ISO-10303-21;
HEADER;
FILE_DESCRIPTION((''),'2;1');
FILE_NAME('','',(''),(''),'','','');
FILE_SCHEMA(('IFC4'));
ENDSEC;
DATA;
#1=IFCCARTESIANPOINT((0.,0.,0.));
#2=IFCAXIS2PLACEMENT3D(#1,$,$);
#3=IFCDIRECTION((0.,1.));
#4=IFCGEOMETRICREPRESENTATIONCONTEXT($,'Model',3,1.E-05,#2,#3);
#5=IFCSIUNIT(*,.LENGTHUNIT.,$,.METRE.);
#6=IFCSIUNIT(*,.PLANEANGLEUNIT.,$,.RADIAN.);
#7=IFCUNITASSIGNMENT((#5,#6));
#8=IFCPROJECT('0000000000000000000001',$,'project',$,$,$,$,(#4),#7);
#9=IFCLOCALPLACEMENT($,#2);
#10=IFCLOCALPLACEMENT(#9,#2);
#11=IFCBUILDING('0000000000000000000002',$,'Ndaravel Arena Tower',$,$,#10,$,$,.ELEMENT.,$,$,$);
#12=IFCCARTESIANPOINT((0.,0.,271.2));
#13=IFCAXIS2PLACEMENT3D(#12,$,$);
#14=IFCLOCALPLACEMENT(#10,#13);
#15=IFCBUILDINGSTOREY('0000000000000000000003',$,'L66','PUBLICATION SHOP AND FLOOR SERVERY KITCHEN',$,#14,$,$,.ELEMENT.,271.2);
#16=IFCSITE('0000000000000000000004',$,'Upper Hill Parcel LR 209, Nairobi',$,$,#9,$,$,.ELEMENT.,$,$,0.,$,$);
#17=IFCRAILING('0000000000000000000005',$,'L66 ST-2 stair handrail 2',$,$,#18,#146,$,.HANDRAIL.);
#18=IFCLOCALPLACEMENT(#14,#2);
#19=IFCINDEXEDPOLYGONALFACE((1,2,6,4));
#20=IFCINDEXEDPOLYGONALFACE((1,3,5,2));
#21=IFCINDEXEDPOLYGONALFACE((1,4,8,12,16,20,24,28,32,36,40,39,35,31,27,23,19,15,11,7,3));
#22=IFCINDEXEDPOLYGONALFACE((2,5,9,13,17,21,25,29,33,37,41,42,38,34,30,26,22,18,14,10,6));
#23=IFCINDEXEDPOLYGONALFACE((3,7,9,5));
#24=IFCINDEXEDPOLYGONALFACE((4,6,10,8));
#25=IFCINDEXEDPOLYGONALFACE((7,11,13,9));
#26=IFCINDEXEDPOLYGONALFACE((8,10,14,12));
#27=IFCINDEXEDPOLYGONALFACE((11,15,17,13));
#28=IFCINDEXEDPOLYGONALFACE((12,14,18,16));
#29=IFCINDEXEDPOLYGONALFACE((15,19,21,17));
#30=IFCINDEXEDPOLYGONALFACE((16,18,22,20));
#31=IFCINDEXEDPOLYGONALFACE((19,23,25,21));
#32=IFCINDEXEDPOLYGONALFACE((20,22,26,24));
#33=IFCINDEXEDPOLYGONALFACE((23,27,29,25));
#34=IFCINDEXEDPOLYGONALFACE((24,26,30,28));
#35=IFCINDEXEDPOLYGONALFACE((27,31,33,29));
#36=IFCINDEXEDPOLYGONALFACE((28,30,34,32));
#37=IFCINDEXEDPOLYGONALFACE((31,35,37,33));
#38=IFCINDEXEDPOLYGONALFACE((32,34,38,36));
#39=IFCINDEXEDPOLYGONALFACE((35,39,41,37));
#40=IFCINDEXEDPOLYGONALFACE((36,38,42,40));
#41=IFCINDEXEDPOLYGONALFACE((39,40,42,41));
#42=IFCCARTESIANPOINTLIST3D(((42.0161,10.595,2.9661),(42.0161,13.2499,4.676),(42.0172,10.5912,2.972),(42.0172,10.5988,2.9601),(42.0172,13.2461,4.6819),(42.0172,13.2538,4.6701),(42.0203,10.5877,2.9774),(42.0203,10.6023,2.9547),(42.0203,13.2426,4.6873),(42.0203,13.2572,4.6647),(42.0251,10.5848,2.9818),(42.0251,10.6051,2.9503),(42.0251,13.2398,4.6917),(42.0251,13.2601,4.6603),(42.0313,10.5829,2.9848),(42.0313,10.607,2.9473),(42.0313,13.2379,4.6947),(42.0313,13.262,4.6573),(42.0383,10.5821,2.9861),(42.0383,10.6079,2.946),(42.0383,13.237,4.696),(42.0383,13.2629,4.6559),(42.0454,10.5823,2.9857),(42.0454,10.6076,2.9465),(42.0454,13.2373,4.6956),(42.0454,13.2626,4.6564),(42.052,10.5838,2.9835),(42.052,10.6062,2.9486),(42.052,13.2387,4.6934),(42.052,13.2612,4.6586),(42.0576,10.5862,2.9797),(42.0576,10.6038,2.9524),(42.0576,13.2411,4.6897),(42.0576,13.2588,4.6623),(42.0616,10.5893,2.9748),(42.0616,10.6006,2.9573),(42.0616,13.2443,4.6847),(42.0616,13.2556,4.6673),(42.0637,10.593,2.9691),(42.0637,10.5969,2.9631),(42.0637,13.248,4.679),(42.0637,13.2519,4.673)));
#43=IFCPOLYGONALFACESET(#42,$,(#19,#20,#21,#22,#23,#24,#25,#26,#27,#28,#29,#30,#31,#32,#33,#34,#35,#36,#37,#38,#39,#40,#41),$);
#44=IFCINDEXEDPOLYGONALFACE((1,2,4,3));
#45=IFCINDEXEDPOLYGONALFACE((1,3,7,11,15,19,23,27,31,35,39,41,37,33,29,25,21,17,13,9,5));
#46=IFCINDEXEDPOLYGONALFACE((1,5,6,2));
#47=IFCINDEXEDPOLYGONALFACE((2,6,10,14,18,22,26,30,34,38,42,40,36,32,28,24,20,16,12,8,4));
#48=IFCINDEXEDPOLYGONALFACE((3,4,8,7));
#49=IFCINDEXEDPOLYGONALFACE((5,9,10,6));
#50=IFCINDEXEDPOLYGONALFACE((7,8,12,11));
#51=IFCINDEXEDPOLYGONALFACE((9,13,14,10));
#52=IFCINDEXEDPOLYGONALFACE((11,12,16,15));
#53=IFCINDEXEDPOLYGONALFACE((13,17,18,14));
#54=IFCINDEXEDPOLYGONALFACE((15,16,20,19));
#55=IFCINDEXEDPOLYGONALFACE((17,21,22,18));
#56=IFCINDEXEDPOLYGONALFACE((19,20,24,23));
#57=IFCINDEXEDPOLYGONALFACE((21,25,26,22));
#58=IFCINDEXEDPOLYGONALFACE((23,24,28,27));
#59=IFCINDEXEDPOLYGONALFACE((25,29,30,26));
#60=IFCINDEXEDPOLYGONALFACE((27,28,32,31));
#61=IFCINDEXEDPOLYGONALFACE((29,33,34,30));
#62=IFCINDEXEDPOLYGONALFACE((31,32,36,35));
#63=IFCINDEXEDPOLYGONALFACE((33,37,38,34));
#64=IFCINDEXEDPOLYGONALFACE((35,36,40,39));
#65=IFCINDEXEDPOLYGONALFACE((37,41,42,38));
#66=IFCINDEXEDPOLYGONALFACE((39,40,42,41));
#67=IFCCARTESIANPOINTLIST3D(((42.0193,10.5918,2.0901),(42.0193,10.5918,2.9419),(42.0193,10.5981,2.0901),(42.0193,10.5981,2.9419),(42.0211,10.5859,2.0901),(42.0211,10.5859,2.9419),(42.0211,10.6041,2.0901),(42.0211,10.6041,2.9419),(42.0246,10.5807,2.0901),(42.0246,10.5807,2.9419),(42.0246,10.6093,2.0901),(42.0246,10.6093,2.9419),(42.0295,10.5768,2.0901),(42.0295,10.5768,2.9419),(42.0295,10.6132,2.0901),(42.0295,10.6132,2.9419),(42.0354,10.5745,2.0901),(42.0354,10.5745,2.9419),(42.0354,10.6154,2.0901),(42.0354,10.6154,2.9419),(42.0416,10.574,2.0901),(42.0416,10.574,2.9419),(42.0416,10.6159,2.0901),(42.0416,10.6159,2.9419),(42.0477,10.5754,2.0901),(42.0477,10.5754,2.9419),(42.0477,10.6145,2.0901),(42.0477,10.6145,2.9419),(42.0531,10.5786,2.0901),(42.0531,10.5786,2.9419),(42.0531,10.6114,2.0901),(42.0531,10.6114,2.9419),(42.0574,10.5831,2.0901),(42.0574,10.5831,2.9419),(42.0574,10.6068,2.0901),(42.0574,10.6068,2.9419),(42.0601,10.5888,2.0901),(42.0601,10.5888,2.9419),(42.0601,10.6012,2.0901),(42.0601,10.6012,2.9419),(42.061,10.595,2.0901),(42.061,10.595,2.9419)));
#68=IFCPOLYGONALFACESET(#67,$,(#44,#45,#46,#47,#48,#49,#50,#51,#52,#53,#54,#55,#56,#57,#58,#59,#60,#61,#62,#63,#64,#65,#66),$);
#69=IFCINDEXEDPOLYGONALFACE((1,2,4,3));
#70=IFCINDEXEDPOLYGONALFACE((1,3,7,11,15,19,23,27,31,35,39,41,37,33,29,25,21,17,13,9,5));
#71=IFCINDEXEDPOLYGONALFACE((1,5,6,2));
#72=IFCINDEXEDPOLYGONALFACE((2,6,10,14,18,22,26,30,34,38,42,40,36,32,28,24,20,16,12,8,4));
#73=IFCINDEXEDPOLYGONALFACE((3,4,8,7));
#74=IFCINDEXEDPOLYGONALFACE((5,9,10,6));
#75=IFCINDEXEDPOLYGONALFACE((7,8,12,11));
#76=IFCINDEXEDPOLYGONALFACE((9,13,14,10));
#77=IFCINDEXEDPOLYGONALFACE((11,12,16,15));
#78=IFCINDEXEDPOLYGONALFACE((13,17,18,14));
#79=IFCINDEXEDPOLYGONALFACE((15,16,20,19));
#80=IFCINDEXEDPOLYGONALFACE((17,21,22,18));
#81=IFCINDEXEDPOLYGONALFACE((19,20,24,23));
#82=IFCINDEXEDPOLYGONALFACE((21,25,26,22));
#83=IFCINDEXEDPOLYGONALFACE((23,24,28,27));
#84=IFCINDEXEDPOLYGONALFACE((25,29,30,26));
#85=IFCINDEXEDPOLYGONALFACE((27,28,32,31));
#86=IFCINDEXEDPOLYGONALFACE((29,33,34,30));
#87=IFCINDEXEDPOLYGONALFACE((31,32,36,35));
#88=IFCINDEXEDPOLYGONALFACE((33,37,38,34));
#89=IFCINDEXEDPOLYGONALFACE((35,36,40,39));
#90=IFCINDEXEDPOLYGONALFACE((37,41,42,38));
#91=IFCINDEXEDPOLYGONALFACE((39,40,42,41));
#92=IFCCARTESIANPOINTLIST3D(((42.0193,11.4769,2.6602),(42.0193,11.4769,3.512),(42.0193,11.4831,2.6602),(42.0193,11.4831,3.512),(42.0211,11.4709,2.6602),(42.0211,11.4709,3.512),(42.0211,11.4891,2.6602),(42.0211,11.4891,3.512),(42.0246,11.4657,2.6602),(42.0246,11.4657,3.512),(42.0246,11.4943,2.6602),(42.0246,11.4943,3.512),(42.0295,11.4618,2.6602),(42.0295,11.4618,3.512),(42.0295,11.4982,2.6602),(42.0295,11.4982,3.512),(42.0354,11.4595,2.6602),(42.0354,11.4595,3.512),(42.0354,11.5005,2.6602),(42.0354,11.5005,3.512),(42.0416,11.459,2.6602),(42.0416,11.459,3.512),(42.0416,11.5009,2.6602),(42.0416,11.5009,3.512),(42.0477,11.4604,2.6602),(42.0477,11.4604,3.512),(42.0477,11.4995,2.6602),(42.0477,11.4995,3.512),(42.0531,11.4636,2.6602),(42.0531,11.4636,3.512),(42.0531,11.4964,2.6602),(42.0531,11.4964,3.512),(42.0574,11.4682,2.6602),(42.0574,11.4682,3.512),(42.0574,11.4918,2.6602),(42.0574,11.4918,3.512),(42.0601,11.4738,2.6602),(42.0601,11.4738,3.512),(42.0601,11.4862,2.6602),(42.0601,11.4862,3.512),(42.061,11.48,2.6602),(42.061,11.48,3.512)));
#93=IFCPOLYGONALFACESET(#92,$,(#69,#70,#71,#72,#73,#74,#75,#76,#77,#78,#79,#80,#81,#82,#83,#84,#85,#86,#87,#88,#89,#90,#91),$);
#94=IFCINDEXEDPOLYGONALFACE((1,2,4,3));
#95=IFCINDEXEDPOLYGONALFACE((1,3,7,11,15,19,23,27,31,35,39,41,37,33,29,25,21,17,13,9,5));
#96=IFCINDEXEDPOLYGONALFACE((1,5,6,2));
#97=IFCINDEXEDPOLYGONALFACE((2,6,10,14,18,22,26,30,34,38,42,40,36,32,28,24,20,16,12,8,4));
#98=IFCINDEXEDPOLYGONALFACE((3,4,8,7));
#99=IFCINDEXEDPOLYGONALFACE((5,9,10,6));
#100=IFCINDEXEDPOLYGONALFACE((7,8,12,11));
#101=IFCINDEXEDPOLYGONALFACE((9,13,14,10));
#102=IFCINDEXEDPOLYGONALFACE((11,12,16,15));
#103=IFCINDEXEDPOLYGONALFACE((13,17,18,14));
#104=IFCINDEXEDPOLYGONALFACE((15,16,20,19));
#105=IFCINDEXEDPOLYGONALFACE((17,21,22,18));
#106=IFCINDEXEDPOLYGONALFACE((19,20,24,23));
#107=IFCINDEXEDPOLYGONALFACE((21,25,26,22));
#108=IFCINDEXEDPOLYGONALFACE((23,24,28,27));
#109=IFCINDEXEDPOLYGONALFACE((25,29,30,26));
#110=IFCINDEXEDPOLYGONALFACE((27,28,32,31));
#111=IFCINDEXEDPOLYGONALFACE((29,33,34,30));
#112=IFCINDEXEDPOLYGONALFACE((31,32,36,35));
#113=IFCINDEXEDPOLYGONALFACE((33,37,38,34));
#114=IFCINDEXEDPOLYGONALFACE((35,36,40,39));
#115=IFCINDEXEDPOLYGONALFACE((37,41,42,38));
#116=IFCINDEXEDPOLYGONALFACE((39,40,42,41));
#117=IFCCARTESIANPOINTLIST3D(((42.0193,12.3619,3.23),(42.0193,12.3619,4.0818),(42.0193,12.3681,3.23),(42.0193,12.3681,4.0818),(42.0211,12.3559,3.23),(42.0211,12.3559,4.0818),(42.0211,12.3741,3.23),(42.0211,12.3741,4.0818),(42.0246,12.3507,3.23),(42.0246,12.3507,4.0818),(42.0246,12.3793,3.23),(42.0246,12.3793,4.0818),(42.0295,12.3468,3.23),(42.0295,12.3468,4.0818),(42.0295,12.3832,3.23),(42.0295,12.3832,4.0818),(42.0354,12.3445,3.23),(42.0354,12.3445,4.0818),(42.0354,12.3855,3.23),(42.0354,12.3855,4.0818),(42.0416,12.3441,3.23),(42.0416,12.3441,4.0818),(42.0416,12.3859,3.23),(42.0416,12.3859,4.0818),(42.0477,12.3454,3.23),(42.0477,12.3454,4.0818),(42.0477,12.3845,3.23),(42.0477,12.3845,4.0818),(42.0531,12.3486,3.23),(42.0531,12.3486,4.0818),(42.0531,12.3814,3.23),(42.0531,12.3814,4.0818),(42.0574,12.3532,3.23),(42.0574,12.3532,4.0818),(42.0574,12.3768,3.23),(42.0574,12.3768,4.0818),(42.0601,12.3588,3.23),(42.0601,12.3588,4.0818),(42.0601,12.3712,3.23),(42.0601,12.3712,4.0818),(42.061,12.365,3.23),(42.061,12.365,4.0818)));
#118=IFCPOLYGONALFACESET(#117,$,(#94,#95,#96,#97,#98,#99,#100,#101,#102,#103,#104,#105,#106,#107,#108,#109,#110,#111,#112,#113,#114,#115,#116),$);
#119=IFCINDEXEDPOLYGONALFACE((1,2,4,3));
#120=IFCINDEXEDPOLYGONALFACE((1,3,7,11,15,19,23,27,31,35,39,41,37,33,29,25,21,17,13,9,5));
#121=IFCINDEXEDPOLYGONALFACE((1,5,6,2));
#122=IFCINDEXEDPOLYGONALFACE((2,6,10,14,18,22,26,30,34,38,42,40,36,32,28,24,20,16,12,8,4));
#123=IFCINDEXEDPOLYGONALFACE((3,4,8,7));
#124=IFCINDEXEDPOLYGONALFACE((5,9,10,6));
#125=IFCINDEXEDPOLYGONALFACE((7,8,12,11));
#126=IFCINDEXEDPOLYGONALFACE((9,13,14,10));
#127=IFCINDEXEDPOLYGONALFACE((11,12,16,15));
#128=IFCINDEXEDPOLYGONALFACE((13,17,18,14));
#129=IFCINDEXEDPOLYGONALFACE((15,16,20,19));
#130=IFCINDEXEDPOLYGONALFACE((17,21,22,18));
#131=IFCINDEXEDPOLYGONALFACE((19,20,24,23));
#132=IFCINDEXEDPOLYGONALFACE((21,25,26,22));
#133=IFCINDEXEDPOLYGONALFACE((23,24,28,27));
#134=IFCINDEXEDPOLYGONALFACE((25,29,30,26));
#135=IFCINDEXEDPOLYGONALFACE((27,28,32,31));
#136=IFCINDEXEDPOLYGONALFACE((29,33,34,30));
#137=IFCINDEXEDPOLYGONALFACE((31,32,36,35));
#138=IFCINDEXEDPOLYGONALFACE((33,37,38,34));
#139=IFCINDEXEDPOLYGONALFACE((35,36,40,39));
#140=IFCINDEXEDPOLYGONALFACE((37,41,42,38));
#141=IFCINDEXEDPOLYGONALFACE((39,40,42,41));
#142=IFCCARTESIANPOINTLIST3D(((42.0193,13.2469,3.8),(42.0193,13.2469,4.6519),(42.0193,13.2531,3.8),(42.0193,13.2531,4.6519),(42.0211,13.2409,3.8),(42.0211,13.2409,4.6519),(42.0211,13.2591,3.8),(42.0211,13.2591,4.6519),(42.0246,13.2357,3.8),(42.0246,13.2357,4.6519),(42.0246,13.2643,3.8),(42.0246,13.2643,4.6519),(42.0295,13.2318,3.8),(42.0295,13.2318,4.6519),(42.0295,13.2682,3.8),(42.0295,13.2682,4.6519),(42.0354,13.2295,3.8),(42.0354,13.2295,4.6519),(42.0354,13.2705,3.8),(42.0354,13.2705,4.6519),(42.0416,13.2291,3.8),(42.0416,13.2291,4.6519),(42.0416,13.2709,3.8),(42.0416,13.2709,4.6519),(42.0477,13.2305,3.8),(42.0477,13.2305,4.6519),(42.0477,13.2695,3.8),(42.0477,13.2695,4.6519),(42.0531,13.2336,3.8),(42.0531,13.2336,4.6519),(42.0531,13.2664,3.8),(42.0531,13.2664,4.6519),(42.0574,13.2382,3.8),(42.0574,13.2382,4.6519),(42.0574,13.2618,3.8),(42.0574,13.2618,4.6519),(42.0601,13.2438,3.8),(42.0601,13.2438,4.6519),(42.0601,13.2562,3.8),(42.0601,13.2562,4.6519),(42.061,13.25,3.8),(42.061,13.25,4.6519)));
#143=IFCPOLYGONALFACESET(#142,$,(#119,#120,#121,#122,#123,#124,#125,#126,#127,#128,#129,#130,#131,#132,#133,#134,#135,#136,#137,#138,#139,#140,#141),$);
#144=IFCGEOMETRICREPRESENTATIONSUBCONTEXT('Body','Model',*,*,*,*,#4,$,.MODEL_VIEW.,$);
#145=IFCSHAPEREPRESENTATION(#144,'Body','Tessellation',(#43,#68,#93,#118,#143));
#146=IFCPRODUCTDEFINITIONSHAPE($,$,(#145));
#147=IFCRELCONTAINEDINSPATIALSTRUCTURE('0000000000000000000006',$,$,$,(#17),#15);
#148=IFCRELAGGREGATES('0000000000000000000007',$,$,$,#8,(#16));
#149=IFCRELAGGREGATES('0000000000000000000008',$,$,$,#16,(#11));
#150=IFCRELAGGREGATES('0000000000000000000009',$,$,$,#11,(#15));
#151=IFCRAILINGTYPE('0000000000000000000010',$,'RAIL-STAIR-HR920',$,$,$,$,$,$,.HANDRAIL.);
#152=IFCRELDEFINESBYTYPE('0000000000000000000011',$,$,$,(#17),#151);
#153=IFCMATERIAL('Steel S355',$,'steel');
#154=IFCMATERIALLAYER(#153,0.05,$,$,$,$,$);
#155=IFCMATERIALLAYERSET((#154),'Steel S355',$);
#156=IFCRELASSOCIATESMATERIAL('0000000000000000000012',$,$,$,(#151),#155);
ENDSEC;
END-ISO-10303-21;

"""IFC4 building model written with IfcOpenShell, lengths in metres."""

from ifc_helpers import new_model, si_unit, direction, frame, origin, origin_2d, place, context, subcontext, project, spatial, circle, extrude, material, layer, layer_set, type_object, element, save


model = new_model("IFC4")

# Units and contexts
model_context = context("Model", 3, precision=1e-05, world=origin(), true_north=direction((0.0, 1.0)))
body_context = subcontext(model_context, "Body", "Model", "MODEL_VIEW")
ifc_project = project(units=[si_unit("LENGTHUNIT", "METRE"), si_unit("PLANEANGLEUNIT", "RADIAN")], contexts=[model_context])

# Site, building, storey
site_placement = place(None, origin())
site = spatial("IfcSite", under=ifc_project, at=site_placement, Name="Upper Hill Parcel LR 209, Nairobi", CompositionType="ELEMENT", RefElevation=0.0)
building_placement = place(site_placement, origin())
building = spatial("IfcBuilding", under=site, at=building_placement, Name="Ndaravel Arena Tower", CompositionType="ELEMENT")
storey_placement = place(building_placement, frame((0.0, 0.0, 271.2)))
storey = spatial("IfcBuildingStorey", under=building, at=storey_placement, Name="L66", Description="PUBLICATION SHOP AND FLOOR SERVERY KITCHEN", CompositionType="ELEMENT", Elevation=271.2)

# Railing
ifc_material_1 = material(Name="Steel S355", Category="steel")
ifc_layer_1 = layer(ifc_material_1, 0.05)
ifc_layer_set_1 = layer_set([ifc_layer_1], Name="Steel S355")
railing_type_1 = type_object("IfcRailingType", Name="RAIL-STAIR-HR920", PredefinedType="HANDRAIL", material=ifc_layer_set_1)
railing_1_placement = place(storey_placement, frame((42.04, 10.595, 2.0901)))
element("IfcRailing", 1, at=railing_1_placement, inside=storey, type_object=railing_type_1, Name="L66 ST-2 stair handrail 2", PredefinedType="HANDRAIL", context=body_context, shape_type="SweptSolid", body=[
    extrude(circle(Radius=0.0239, at=origin_2d()), frame((0.0, 0.0, 0.876), z_axis=(0.0, 0.840724, 0.541465), x_axis=(-1.0, 0.0, 0.0)), (0.0, 0.0, 1.0), 3.158),
    extrude(circle(Radius=0.021, at=origin_2d()), origin(), (0.0, 0.0, 1.0), 0.8518),
    extrude(circle(Radius=0.021, at=origin_2d()), frame((0.0, 0.885, 0.5701)), (0.0, 0.0, 1.0), 0.8518),
    extrude(circle(Radius=0.021, at=origin_2d()), frame((0.0, 1.77, 1.1399)), (0.0, 0.0, 1.0), 0.8518),
    extrude(circle(Radius=0.021, at=origin_2d()), frame((0.0, 2.655, 1.71)), (0.0, 0.0, 1.0), 0.8518),
])

save(model, "model.ifc")
